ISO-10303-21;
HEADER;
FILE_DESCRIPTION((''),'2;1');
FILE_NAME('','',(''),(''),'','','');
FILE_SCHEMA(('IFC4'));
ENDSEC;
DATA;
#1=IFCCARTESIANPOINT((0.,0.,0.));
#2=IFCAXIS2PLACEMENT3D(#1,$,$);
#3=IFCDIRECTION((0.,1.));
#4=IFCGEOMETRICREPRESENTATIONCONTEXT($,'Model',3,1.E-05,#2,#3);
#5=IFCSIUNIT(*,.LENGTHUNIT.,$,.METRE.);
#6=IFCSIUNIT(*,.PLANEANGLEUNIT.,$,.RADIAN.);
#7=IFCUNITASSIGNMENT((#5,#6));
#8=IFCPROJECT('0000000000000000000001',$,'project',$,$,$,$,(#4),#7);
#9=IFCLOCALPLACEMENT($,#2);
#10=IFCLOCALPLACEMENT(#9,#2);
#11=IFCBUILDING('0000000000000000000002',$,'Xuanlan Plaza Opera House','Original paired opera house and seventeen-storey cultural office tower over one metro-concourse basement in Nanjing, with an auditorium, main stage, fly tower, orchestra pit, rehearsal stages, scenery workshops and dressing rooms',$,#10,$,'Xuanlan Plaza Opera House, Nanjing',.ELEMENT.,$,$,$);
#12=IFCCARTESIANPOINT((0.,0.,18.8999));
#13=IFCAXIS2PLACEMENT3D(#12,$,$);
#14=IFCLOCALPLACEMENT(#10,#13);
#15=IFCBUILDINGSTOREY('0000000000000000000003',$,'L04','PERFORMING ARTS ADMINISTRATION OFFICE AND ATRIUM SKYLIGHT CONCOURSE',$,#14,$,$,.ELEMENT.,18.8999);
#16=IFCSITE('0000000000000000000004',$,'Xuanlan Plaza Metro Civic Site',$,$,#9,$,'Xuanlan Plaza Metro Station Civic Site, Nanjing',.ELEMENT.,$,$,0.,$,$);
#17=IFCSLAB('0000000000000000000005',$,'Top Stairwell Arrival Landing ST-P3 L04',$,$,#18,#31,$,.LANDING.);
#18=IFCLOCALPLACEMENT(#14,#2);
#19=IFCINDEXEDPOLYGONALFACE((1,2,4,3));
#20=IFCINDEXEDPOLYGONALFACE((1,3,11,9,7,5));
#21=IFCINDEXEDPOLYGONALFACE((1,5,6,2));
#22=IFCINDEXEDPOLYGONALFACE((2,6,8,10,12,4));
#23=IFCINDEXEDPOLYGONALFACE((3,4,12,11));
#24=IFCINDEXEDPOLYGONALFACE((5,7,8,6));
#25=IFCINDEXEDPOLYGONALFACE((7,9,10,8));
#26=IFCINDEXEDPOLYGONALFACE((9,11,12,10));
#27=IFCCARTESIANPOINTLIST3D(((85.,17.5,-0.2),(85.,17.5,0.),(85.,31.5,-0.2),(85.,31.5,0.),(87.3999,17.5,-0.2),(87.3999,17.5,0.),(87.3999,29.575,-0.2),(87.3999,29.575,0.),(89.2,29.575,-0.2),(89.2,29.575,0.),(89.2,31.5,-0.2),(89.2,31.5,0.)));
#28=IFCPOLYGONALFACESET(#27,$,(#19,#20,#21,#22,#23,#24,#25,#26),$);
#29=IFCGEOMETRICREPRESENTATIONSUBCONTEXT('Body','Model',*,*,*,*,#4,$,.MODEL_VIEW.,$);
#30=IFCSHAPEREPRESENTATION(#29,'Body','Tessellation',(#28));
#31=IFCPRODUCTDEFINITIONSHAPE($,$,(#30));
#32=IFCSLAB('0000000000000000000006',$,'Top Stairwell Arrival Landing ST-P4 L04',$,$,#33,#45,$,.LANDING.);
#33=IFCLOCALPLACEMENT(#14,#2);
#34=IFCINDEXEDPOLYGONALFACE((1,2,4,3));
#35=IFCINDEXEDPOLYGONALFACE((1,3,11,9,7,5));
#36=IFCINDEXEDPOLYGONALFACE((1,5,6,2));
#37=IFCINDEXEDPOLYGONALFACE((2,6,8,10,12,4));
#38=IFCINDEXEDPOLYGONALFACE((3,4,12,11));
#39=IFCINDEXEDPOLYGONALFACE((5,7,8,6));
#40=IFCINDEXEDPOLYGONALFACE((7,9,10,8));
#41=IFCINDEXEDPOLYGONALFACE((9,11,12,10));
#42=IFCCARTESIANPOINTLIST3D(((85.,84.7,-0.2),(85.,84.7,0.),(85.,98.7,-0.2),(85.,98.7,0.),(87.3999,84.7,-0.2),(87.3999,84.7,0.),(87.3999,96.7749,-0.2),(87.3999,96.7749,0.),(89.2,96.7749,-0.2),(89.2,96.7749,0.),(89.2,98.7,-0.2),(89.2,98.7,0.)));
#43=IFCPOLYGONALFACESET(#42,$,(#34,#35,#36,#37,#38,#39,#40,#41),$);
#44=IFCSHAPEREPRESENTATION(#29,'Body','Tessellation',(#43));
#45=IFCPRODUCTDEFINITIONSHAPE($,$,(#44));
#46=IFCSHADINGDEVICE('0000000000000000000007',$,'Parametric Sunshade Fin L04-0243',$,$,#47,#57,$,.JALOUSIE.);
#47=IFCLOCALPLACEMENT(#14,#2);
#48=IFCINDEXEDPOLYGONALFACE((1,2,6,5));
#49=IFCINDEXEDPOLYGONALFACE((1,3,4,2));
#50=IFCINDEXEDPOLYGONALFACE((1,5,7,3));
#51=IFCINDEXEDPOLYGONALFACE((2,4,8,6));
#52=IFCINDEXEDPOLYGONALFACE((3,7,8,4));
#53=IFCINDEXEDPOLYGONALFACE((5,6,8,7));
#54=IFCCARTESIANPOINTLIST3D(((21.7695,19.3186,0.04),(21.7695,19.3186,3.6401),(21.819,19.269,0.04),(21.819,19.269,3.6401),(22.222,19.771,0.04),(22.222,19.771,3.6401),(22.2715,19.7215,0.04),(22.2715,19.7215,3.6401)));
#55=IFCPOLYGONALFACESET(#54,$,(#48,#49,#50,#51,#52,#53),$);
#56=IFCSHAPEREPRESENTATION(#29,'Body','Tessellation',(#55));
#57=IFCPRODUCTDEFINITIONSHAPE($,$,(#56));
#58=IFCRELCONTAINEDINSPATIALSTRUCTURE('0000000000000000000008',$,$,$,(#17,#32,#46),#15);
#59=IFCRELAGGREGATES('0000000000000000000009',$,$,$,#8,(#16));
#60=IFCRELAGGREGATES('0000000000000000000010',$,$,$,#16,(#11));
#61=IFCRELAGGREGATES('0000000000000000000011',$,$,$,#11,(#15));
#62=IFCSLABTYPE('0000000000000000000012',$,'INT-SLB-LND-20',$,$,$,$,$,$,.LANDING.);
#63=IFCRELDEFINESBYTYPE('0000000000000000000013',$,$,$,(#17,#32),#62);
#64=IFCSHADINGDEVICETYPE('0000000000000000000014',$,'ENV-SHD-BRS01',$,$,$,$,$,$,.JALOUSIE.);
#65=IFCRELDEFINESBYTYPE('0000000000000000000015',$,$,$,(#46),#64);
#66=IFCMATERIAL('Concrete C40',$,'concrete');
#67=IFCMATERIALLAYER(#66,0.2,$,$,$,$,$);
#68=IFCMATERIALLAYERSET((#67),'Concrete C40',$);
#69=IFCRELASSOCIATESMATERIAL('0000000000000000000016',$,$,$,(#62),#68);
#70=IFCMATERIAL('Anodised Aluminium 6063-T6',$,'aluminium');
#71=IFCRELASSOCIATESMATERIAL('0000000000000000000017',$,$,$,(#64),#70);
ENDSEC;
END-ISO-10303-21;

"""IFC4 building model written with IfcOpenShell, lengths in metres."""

from ifc_helpers import new_model, si_unit, direction, frame, origin, origin_2d, place, context, subcontext, project, spatial, polyline, rectangle, outline, extrude, material, layer, layer_set, type_object, element, save


model = new_model("IFC4")

# Units and contexts
model_context = context("Model", 3, precision=1e-05, world=origin(), true_north=direction((0.0, 1.0)))
body_context = subcontext(model_context, "Body", "Model", "MODEL_VIEW")
ifc_project = project(units=[si_unit("LENGTHUNIT", "METRE"), si_unit("PLANEANGLEUNIT", "RADIAN")], contexts=[model_context])

# Site, building, storey
site_placement = place(None, origin())
site = spatial("IfcSite", under=ifc_project, at=site_placement, Name="Xuanlan Plaza Metro Civic Site", LongName="Xuanlan Plaza Metro Station Civic Site, Nanjing", CompositionType="ELEMENT", RefElevation=0.0)
building_placement = place(site_placement, origin())
building = spatial("IfcBuilding", under=site, at=building_placement, Name="Xuanlan Plaza Opera House", Description="Original paired opera house and seventeen-storey cultural office tower over one metro-concourse basement in Nanjing, with an auditorium, main stage, fly tower, orchestra pit, rehearsal stages, scenery workshops and dressing rooms", LongName="Xuanlan Plaza Opera House, Nanjing", CompositionType="ELEMENT")
storey_placement = place(building_placement, frame((0.0, 0.0, 18.8999)))
storey = spatial("IfcBuildingStorey", under=building, at=storey_placement, Name="L04", Description="PERFORMING ARTS ADMINISTRATION OFFICE AND ATRIUM SKYLIGHT CONCOURSE", CompositionType="ELEMENT", Elevation=18.8999)

# Shared definitions
ifc_material_1 = material(Name="Concrete C40", Category="concrete")

# Shared definitions
ifc_material_2 = material(Name="Anodised Aluminium 6063-T6", Category="aluminium")

# Slabs
ifc_layer_1 = layer(ifc_material_1, 0.2)
ifc_layer_set_1 = layer_set([ifc_layer_1], Name="Concrete C40")
slab_type_1 = type_object("IfcSlabType", Name="INT-SLB-LND-20", PredefinedType="LANDING", material=ifc_layer_set_1)
slab_1_placement = place(storey_placement, frame((0.0, 0.0, -0.2)))
element("IfcSlab", 1, at=slab_1_placement, inside=storey, type_object=slab_type_1, Name="Top Stairwell Arrival Landing ST-P3 L04", PredefinedType="LANDING", context=body_context, shape_type="SweptSolid", body=[
    extrude(outline(polyline([(85.0, 17.5), (87.3999, 17.5), (87.3999, 29.575), (89.2, 29.575), (89.2, 31.5), (85.0, 31.5), (85.0, 17.5)])), origin(), (0.0, 0.0, 1.0), 0.2),
])
slab_2_placement = place(storey_placement, frame((0.0, 0.0, -0.2)))
element("IfcSlab", 2, at=slab_2_placement, inside=storey, type_object=slab_type_1, Name="Top Stairwell Arrival Landing ST-P4 L04", PredefinedType="LANDING", context=body_context, shape_type="SweptSolid", body=[
    extrude(outline(polyline([(85.0, 84.7), (87.3999, 84.7), (87.3999, 96.7749), (89.2, 96.7749), (89.2, 98.7), (85.0, 98.7), (85.0, 84.7)])), origin(), (0.0, 0.0, 1.0), 0.2),
])

# Shading device
shading_device_type = type_object("IfcShadingDeviceType", Name="ENV-SHD-BRS01", PredefinedType="JALOUSIE", material=ifc_material_2)
shading_device_placement = place(storey_placement, frame((22.0205, 19.52, 0.04), z_axis=(0.0, 0.0, 1.0), x_axis=(-0.707107, -0.707107, 0.0)))
element("IfcShadingDevice", 3, at=shading_device_placement, inside=storey, type_object=shading_device_type, Name="Parametric Sunshade Fin L04-0243", PredefinedType="JALOUSIE", context=body_context, shape_type="SweptSolid", body=[
    extrude(rectangle(XDim=0.6399, YDim=0.0701, at=origin_2d()), origin(), (0.0, 0.0, 1.0), 3.6001),
])

save(model, "model.ifc")
